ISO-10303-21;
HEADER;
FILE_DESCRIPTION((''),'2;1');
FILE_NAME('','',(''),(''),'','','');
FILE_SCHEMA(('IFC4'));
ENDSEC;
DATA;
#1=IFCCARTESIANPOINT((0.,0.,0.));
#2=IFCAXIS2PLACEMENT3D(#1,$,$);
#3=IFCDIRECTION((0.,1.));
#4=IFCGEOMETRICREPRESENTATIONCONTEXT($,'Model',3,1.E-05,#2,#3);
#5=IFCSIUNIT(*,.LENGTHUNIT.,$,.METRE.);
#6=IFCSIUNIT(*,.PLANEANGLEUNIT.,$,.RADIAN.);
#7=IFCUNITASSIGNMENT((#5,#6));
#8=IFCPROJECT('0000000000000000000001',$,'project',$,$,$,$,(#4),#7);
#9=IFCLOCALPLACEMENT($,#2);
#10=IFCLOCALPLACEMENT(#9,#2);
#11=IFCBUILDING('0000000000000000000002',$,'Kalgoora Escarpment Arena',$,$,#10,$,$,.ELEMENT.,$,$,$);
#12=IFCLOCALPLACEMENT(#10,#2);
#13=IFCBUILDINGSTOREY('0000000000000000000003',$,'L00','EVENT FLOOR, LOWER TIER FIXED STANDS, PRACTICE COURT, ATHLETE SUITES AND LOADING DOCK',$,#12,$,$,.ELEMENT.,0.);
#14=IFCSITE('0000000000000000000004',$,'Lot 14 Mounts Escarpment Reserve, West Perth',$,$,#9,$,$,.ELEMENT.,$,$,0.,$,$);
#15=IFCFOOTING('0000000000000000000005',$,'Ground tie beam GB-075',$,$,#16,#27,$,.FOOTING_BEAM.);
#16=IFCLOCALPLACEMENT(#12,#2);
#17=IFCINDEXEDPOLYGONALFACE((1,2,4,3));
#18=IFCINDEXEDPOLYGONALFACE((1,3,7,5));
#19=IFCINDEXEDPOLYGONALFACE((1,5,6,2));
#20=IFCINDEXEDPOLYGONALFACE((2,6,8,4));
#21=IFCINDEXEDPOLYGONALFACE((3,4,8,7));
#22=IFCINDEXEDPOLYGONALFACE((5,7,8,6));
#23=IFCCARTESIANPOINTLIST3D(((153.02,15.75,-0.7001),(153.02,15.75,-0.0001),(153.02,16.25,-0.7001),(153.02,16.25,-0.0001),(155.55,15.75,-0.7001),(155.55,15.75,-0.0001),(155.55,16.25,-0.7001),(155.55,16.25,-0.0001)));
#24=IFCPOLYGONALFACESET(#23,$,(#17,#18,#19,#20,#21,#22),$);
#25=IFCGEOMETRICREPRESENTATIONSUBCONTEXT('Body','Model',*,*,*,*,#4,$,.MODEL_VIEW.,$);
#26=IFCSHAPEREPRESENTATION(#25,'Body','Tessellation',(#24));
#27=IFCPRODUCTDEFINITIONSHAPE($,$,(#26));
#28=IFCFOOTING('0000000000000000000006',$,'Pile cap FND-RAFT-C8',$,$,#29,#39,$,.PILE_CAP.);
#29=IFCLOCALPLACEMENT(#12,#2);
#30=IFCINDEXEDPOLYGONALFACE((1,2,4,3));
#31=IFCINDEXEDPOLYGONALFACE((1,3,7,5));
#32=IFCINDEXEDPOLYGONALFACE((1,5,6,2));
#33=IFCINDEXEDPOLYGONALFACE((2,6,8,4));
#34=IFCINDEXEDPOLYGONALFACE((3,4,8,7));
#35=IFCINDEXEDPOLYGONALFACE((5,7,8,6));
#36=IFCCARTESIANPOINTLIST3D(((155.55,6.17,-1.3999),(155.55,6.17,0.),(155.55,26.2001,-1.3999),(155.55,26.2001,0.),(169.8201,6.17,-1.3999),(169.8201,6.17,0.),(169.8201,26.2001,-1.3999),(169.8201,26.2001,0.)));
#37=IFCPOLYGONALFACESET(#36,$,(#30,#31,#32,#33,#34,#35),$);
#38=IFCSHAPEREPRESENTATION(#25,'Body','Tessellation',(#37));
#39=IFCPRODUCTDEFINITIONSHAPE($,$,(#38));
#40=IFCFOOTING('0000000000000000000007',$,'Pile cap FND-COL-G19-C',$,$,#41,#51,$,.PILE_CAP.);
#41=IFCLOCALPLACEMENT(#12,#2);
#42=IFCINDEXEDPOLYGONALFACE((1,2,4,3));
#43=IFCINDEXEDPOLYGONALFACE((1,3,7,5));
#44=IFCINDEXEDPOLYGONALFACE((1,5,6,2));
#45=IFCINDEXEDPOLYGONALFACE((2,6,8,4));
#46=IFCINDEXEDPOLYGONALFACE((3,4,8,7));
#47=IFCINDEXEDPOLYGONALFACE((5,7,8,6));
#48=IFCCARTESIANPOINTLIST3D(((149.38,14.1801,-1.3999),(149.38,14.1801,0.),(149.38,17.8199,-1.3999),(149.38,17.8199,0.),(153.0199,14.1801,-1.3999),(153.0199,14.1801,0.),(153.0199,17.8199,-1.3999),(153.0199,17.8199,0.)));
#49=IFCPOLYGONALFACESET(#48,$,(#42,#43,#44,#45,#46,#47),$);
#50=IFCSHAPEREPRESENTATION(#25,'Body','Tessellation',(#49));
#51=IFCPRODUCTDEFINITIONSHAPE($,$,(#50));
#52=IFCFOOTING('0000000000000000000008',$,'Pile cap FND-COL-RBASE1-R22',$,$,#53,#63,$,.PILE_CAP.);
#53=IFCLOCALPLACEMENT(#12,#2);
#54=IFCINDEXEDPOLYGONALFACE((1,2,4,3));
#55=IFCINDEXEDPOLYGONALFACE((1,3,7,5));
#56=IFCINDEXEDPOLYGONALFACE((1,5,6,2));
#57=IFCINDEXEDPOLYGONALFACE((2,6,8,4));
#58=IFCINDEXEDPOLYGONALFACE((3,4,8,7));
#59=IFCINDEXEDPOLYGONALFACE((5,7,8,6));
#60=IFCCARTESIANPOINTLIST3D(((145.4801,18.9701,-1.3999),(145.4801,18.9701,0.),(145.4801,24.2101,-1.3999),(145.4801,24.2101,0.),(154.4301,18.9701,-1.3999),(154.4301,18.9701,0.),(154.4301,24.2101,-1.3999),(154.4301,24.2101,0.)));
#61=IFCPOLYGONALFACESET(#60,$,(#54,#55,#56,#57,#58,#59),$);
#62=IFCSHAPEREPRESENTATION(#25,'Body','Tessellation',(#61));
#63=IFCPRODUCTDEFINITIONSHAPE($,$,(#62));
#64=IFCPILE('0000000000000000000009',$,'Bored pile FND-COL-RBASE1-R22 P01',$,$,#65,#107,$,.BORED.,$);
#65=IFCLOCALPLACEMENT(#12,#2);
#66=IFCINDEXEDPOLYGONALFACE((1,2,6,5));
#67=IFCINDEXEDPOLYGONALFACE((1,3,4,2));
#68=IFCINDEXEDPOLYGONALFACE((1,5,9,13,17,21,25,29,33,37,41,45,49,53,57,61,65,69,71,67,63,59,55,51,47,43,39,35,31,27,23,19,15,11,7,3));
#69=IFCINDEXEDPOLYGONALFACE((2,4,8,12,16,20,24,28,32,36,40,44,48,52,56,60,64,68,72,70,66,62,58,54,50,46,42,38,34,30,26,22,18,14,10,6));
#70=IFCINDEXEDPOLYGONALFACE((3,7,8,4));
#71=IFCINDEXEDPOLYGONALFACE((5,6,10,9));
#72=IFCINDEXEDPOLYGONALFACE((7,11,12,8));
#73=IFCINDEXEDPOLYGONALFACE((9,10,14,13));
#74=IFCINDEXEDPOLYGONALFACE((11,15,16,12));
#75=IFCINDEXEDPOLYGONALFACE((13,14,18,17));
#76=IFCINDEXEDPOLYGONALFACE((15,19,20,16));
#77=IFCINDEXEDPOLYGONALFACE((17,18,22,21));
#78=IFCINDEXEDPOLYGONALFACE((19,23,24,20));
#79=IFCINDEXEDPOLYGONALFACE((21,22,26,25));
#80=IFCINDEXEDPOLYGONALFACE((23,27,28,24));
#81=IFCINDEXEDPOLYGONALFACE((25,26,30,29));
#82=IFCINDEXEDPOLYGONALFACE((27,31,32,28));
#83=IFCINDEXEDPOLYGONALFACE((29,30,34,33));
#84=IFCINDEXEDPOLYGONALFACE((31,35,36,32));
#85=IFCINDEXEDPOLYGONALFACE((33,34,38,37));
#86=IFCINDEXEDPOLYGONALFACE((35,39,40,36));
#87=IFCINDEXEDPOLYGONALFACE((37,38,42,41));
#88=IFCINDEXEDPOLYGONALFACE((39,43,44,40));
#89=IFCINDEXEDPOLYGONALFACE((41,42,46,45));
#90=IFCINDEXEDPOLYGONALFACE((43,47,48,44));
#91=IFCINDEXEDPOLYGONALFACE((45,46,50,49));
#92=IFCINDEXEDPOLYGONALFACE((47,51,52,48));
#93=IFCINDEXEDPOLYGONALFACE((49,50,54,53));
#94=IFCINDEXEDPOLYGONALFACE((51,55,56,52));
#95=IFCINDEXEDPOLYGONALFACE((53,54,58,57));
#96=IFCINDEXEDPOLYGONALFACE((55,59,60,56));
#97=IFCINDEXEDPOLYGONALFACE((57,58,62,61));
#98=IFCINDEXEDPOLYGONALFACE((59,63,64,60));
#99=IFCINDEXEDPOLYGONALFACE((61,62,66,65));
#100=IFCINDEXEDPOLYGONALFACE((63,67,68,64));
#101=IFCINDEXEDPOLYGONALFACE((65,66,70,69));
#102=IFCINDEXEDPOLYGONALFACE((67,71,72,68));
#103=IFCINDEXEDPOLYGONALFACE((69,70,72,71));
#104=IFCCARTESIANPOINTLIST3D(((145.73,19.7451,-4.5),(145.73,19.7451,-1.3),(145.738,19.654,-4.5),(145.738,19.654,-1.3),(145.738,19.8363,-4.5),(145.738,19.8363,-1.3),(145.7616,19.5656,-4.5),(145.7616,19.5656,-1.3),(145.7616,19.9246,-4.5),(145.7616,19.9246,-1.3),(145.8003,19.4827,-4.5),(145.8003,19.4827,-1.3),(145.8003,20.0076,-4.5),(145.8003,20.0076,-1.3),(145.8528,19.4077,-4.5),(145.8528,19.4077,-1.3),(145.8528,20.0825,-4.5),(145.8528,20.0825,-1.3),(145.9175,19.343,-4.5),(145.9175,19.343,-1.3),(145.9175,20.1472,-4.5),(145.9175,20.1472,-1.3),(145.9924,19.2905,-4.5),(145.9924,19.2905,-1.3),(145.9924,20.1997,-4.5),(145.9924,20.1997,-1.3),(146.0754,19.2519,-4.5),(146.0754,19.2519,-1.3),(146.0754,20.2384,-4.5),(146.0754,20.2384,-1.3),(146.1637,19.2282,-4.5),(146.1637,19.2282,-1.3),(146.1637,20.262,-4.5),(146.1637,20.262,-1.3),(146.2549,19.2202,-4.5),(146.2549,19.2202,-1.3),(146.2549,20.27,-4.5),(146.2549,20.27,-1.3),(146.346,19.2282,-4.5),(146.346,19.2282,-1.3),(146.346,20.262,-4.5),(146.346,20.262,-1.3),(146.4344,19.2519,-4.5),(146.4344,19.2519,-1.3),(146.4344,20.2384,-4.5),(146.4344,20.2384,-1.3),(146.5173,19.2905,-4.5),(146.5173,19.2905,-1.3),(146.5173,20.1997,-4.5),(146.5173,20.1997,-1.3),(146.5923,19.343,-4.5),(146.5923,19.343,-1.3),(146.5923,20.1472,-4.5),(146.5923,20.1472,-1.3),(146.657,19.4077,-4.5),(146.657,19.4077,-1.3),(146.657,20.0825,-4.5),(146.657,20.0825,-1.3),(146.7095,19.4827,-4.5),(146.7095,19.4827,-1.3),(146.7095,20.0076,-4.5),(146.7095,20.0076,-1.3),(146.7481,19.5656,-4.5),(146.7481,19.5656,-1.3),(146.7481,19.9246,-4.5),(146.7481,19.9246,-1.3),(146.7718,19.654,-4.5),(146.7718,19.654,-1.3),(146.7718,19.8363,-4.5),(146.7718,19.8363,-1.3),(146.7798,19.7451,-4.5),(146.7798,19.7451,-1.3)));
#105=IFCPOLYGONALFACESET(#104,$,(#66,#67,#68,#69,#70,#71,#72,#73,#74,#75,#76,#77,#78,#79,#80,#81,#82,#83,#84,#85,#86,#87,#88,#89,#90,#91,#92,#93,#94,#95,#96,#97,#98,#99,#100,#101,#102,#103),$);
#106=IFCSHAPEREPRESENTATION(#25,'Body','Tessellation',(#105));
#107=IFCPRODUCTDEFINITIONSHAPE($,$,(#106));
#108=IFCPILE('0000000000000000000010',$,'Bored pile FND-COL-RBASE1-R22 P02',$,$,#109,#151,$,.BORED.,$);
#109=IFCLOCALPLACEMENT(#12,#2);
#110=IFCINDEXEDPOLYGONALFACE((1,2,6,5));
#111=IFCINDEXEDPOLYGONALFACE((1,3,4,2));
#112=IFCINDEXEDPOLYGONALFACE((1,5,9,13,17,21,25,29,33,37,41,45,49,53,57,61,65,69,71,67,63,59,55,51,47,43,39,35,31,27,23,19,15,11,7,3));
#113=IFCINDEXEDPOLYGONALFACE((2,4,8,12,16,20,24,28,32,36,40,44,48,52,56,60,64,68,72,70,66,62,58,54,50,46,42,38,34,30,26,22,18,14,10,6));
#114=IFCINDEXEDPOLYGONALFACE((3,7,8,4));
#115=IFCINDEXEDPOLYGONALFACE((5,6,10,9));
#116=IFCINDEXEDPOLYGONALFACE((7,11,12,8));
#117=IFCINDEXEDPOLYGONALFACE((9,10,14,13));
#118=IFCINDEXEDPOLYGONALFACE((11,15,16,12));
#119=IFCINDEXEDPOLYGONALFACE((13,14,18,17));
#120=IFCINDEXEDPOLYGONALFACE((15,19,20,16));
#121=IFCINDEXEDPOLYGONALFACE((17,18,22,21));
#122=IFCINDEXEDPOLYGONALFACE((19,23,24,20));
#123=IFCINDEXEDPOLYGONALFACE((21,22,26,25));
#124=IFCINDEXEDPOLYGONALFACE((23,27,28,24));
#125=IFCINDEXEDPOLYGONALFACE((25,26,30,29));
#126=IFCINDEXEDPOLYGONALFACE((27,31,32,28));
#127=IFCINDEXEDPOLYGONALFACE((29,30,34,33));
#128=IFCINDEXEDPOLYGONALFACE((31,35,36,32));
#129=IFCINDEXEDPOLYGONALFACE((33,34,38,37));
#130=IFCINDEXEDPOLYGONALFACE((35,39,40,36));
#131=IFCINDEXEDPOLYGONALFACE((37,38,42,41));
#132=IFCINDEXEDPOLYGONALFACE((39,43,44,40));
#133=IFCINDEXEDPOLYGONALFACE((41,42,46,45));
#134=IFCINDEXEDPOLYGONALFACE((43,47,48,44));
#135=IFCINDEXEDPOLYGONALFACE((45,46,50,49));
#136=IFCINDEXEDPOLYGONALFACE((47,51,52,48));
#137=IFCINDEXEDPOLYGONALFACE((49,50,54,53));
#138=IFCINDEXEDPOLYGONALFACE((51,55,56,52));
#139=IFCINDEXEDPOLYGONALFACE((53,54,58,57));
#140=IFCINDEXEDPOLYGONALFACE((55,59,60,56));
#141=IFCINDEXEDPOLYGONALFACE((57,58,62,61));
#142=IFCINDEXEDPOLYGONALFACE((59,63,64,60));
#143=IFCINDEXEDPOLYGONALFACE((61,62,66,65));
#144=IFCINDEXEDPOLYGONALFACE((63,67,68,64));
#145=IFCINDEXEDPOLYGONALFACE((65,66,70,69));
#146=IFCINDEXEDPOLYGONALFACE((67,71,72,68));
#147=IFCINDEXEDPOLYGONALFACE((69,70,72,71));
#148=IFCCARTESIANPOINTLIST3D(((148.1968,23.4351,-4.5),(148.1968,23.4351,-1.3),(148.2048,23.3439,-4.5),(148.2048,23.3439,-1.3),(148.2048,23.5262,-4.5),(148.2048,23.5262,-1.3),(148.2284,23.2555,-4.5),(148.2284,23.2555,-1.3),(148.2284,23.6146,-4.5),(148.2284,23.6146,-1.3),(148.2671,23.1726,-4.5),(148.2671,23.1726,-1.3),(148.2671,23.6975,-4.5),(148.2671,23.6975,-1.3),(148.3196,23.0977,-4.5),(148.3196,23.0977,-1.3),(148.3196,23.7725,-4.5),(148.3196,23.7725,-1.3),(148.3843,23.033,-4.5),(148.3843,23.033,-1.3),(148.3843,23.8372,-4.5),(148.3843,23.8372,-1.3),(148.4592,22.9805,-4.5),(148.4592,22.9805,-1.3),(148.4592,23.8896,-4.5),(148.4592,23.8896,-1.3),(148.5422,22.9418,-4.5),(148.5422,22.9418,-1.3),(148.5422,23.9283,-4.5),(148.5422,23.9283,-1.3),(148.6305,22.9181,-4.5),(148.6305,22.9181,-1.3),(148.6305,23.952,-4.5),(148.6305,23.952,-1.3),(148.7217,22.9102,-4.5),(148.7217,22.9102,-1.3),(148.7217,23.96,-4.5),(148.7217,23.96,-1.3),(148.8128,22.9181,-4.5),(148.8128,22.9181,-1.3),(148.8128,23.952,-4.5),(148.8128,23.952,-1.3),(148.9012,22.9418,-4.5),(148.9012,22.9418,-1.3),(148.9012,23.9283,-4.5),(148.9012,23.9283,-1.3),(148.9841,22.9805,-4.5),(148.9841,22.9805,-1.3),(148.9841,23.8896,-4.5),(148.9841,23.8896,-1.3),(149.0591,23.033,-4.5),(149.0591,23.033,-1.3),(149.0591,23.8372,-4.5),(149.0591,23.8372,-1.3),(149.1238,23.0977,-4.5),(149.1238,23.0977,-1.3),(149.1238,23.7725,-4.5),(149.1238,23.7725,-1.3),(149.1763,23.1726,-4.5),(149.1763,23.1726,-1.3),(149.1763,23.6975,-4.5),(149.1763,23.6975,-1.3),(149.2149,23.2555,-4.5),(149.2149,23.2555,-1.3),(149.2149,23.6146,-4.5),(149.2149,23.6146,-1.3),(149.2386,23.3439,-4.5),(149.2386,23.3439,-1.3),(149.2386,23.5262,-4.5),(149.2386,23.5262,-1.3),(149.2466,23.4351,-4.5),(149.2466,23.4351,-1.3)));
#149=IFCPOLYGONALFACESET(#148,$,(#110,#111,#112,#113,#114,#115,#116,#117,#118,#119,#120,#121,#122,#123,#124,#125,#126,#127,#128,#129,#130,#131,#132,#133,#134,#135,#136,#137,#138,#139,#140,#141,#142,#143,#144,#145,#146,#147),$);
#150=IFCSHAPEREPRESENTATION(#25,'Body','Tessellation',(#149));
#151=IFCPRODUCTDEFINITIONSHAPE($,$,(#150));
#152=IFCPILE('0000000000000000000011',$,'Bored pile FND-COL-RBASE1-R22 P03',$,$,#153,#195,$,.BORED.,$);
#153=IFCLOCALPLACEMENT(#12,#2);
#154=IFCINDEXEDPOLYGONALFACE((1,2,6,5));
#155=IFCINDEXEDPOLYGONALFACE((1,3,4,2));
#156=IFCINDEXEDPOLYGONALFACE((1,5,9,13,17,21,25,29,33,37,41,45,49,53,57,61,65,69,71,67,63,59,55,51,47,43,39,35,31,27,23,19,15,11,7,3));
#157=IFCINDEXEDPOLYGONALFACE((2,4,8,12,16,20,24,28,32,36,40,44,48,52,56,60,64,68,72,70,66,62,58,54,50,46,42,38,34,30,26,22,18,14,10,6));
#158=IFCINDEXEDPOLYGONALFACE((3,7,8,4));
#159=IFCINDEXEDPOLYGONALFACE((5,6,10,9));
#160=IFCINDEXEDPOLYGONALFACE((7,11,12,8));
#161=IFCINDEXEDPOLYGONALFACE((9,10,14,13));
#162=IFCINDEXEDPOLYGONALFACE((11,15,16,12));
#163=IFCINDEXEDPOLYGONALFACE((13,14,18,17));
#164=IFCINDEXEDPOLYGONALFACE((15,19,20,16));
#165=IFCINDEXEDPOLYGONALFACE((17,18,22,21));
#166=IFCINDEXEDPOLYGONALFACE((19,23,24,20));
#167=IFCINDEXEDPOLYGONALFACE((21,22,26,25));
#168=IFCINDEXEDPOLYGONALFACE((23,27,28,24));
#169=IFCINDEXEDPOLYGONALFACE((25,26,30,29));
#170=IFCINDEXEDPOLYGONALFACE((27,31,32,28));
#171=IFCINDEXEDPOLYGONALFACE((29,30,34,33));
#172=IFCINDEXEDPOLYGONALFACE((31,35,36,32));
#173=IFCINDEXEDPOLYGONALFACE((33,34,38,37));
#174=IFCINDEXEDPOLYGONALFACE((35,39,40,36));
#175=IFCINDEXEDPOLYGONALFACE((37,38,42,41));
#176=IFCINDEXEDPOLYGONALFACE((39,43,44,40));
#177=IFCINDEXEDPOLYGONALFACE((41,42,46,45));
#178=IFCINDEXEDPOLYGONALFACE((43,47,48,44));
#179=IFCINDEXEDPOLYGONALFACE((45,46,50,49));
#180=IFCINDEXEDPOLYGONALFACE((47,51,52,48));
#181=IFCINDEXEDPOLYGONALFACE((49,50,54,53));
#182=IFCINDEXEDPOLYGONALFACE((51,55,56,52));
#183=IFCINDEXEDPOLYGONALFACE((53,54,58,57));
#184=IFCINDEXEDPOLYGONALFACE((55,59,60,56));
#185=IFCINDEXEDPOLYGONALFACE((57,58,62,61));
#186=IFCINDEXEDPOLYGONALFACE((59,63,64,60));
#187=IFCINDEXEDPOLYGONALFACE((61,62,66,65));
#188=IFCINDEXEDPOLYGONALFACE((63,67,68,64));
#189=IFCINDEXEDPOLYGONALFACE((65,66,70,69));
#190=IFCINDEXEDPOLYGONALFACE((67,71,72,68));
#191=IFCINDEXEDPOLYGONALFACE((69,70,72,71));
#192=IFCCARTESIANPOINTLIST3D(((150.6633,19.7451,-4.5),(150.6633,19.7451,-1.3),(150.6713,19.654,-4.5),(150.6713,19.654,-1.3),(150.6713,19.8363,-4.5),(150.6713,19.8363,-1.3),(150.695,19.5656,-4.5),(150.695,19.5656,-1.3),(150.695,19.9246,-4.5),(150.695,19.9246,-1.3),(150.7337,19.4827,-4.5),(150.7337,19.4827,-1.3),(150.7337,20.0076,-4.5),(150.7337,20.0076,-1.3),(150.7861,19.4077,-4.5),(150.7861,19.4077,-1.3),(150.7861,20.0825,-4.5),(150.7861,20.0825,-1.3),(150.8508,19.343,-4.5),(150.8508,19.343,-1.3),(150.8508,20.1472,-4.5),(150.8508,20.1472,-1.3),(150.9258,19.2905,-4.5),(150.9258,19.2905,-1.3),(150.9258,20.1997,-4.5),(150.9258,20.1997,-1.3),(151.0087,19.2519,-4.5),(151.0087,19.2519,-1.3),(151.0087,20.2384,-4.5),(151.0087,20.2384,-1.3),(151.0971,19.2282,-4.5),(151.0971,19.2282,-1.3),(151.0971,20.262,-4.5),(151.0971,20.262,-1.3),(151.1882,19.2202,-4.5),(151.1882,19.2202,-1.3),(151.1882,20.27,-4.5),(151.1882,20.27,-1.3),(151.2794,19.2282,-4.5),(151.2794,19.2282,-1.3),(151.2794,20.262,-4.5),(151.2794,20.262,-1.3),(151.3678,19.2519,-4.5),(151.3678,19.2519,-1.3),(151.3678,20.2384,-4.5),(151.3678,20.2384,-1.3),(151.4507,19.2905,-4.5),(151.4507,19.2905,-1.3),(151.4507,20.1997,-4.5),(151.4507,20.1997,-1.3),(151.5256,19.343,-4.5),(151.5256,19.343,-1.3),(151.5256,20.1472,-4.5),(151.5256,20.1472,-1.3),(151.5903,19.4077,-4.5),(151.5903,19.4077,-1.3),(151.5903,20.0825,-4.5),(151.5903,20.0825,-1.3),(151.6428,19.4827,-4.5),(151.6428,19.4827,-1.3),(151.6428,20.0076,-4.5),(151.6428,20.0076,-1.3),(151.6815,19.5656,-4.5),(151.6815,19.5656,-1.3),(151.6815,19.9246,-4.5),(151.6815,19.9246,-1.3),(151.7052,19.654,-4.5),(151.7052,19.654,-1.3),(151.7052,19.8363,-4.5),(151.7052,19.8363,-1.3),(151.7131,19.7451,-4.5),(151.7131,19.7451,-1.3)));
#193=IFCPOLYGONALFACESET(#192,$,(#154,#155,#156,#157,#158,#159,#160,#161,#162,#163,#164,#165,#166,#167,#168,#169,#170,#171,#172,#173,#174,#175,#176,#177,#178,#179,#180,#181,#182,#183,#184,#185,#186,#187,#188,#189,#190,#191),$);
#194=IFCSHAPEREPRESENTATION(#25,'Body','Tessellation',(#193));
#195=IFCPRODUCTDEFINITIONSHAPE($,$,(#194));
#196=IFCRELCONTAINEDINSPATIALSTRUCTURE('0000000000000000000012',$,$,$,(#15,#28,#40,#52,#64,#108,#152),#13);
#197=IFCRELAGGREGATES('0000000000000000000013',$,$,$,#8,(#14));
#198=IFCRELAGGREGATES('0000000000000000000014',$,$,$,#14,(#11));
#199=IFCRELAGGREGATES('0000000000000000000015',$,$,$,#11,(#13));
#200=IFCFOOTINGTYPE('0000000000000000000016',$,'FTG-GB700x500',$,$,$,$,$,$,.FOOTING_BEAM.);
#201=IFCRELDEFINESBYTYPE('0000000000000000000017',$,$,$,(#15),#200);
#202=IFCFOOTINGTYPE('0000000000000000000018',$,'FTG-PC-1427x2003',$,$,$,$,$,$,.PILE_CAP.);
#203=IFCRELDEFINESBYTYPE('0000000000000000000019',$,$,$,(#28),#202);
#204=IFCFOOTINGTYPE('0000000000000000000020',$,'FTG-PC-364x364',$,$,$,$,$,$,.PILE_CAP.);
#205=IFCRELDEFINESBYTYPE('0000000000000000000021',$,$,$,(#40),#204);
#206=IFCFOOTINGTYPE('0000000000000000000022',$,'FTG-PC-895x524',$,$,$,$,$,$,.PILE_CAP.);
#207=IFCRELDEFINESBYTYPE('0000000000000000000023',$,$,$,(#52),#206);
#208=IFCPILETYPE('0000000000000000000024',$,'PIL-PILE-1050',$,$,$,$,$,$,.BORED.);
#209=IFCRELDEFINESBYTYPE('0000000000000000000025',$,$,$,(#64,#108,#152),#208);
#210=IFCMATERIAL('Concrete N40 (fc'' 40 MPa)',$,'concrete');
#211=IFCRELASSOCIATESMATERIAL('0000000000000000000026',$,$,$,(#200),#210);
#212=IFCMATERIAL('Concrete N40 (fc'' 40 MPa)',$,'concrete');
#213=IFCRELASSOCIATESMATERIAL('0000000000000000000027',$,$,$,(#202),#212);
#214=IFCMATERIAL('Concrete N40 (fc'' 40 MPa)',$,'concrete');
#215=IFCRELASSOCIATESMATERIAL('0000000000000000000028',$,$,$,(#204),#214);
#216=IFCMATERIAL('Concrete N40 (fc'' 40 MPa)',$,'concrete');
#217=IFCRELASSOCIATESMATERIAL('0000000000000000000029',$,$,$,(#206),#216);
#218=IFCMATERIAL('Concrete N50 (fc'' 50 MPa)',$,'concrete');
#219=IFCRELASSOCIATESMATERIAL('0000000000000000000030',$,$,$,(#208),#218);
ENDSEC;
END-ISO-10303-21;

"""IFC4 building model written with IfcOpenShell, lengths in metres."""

from ifc_helpers import new_model, si_unit, direction, frame, origin, origin_2d, place, context, subcontext, project, spatial, rectangle, circle, extrude, material, material_profile, profile_set, type_object, element, save


model = new_model("IFC4")

# Units and contexts
model_context = context("Model", 3, precision=1e-05, world=origin(), true_north=direction((0.0, 1.0)))
body_context = subcontext(model_context, "Body", "Model", "MODEL_VIEW")
ifc_project = project(units=[si_unit("LENGTHUNIT", "METRE"), si_unit("PLANEANGLEUNIT", "RADIAN")], contexts=[model_context])

# Site, building, storey
site_placement = place(None, origin())
site = spatial("IfcSite", under=ifc_project, at=site_placement, Name="Lot 14 Mounts Escarpment Reserve, West Perth", CompositionType="ELEMENT", RefElevation=0.0)
building_placement = place(site_placement, origin())
building = spatial("IfcBuilding", under=site, at=building_placement, Name="Kalgoora Escarpment Arena", CompositionType="ELEMENT")
storey_placement = place(building_placement, origin())
storey = spatial("IfcBuildingStorey", under=building, at=storey_placement, Name="L00", Description="EVENT FLOOR, LOWER TIER FIXED STANDS, PRACTICE COURT, ATHLETE SUITES AND LOADING DOCK", CompositionType="ELEMENT", Elevation=0.0)

# Footings
ifc_material_1 = material(Name="Concrete N40 (fc' 40 MPa)", Category="concrete")
ifc_material_profile_1 = material_profile(ifc_material_1, rectangle(XDim=0.5, YDim=0.7, at=origin_2d()))
ifc_profile_set_1 = profile_set([ifc_material_profile_1], Name="Concrete N40 (fc' 40 MPa)")
footing_type_1 = type_object("IfcFootingType", Name="FTG-GB700x500", PredefinedType="FOOTING_BEAM", material=ifc_profile_set_1)
footing_1_placement = place(storey_placement, frame((153.02, 16.0, -0.3501), z_axis=(1.0, 0.0, 0.0), x_axis=(0.0, 1.0, 0.0)))
element("IfcFooting", 1, at=footing_1_placement, inside=storey, type_object=footing_type_1, Name="Ground tie beam GB-075", PredefinedType="FOOTING_BEAM", context=body_context, shape_type="SweptSolid", body=[
    extrude(rectangle(XDim=0.5, YDim=0.7, at=origin_2d()), origin(), (0.0, 0.0, 1.0), 2.53),
])
ifc_material_2 = material(Name="Concrete N40 (fc' 40 MPa)", Category="concrete")
footing_type_2 = type_object("IfcFootingType", Name="FTG-PC-1427x2003", PredefinedType="PILE_CAP", material=ifc_material_2)
footing_2_placement = place(storey_placement, frame((162.6851, 16.1851, -1.3999), z_axis=(0.0, 0.0, 1.0), x_axis=(1.0, 0.0, 0.0)))
element("IfcFooting", 2, at=footing_2_placement, inside=storey, type_object=footing_type_2, Name="Pile cap FND-RAFT-C8", PredefinedType="PILE_CAP", context=body_context, shape_type="SweptSolid", body=[
    extrude(rectangle(XDim=14.27, YDim=20.03, at=origin_2d()), origin(), (0.0, 0.0, 1.0), 1.3999),
])
ifc_material_3 = material(Name="Concrete N40 (fc' 40 MPa)", Category="concrete")
footing_type_3 = type_object("IfcFootingType", Name="FTG-PC-364x364", PredefinedType="PILE_CAP", material=ifc_material_3)
footing_3_placement = place(storey_placement, frame((151.2, 16.0, -1.3999), z_axis=(0.0, 0.0, 1.0), x_axis=(1.0, 0.0, 0.0)))
element("IfcFooting", 3, at=footing_3_placement, inside=storey, type_object=footing_type_3, Name="Pile cap FND-COL-G19-C", PredefinedType="PILE_CAP", context=body_context, shape_type="SweptSolid", body=[
    extrude(rectangle(XDim=3.6399, YDim=3.6399, at=origin_2d()), origin(), (0.0, 0.0, 1.0), 1.3999),
])
ifc_material_4 = material(Name="Concrete N40 (fc' 40 MPa)", Category="concrete")
footing_type_4 = type_object("IfcFootingType", Name="FTG-PC-895x524", PredefinedType="PILE_CAP", material=ifc_material_4)
footing_4_placement = place(storey_placement, frame((149.9551, 21.5901, -1.3999), z_axis=(0.0, 0.0, 1.0), x_axis=(1.0, 0.0, 0.0)))
element("IfcFooting", 4, at=footing_4_placement, inside=storey, type_object=footing_type_4, Name="Pile cap FND-COL-RBASE1-R22", PredefinedType="PILE_CAP", context=body_context, shape_type="SweptSolid", body=[
    extrude(rectangle(XDim=8.95, YDim=5.24, at=origin_2d()), origin(), (0.0, 0.0, 1.0), 1.3999),
])

# Piles
ifc_material_5 = material(Name="Concrete N50 (fc' 50 MPa)", Category="concrete")
ifc_material_profile_2 = material_profile(ifc_material_5, circle(Radius=0.5249, at=origin_2d()))
ifc_profile_set_2 = profile_set([ifc_material_profile_2], Name="Concrete N50 (fc' 50 MPa)")
pile_type_1 = type_object("IfcPileType", Name="PIL-PILE-1050", PredefinedType="BORED", material=ifc_profile_set_2)
for number, where, z_axis, x_axis, name in (
    (5, (146.2549, 19.7451, -1.3), (0.0, 0.0, -1.0), (1.0, 0.0, 0.0), "Bored pile FND-COL-RBASE1-R22 P01"),
    (6, (148.7217, 23.4351, -1.3), (0.0, 0.0, -1.0), (1.0, 0.0, 0.0), "Bored pile FND-COL-RBASE1-R22 P02"),
    (7, (151.1882, 19.7451, -1.3), (0.0, 0.0, -1.0), (1.0, 0.0, 0.0), "Bored pile FND-COL-RBASE1-R22 P03"),
):
    element("IfcPile", number, at=place(storey_placement, frame(where, z_axis=z_axis, x_axis=x_axis)), inside=storey, type_object=pile_type_1, Name=name, PredefinedType="BORED", context=body_context, shape_type="SweptSolid", body=[
        extrude(circle(Radius=0.5249, at=origin_2d()), origin(), (0.0, 0.0, 1.0), 3.2),
    ])

save(model, "model.ifc")
